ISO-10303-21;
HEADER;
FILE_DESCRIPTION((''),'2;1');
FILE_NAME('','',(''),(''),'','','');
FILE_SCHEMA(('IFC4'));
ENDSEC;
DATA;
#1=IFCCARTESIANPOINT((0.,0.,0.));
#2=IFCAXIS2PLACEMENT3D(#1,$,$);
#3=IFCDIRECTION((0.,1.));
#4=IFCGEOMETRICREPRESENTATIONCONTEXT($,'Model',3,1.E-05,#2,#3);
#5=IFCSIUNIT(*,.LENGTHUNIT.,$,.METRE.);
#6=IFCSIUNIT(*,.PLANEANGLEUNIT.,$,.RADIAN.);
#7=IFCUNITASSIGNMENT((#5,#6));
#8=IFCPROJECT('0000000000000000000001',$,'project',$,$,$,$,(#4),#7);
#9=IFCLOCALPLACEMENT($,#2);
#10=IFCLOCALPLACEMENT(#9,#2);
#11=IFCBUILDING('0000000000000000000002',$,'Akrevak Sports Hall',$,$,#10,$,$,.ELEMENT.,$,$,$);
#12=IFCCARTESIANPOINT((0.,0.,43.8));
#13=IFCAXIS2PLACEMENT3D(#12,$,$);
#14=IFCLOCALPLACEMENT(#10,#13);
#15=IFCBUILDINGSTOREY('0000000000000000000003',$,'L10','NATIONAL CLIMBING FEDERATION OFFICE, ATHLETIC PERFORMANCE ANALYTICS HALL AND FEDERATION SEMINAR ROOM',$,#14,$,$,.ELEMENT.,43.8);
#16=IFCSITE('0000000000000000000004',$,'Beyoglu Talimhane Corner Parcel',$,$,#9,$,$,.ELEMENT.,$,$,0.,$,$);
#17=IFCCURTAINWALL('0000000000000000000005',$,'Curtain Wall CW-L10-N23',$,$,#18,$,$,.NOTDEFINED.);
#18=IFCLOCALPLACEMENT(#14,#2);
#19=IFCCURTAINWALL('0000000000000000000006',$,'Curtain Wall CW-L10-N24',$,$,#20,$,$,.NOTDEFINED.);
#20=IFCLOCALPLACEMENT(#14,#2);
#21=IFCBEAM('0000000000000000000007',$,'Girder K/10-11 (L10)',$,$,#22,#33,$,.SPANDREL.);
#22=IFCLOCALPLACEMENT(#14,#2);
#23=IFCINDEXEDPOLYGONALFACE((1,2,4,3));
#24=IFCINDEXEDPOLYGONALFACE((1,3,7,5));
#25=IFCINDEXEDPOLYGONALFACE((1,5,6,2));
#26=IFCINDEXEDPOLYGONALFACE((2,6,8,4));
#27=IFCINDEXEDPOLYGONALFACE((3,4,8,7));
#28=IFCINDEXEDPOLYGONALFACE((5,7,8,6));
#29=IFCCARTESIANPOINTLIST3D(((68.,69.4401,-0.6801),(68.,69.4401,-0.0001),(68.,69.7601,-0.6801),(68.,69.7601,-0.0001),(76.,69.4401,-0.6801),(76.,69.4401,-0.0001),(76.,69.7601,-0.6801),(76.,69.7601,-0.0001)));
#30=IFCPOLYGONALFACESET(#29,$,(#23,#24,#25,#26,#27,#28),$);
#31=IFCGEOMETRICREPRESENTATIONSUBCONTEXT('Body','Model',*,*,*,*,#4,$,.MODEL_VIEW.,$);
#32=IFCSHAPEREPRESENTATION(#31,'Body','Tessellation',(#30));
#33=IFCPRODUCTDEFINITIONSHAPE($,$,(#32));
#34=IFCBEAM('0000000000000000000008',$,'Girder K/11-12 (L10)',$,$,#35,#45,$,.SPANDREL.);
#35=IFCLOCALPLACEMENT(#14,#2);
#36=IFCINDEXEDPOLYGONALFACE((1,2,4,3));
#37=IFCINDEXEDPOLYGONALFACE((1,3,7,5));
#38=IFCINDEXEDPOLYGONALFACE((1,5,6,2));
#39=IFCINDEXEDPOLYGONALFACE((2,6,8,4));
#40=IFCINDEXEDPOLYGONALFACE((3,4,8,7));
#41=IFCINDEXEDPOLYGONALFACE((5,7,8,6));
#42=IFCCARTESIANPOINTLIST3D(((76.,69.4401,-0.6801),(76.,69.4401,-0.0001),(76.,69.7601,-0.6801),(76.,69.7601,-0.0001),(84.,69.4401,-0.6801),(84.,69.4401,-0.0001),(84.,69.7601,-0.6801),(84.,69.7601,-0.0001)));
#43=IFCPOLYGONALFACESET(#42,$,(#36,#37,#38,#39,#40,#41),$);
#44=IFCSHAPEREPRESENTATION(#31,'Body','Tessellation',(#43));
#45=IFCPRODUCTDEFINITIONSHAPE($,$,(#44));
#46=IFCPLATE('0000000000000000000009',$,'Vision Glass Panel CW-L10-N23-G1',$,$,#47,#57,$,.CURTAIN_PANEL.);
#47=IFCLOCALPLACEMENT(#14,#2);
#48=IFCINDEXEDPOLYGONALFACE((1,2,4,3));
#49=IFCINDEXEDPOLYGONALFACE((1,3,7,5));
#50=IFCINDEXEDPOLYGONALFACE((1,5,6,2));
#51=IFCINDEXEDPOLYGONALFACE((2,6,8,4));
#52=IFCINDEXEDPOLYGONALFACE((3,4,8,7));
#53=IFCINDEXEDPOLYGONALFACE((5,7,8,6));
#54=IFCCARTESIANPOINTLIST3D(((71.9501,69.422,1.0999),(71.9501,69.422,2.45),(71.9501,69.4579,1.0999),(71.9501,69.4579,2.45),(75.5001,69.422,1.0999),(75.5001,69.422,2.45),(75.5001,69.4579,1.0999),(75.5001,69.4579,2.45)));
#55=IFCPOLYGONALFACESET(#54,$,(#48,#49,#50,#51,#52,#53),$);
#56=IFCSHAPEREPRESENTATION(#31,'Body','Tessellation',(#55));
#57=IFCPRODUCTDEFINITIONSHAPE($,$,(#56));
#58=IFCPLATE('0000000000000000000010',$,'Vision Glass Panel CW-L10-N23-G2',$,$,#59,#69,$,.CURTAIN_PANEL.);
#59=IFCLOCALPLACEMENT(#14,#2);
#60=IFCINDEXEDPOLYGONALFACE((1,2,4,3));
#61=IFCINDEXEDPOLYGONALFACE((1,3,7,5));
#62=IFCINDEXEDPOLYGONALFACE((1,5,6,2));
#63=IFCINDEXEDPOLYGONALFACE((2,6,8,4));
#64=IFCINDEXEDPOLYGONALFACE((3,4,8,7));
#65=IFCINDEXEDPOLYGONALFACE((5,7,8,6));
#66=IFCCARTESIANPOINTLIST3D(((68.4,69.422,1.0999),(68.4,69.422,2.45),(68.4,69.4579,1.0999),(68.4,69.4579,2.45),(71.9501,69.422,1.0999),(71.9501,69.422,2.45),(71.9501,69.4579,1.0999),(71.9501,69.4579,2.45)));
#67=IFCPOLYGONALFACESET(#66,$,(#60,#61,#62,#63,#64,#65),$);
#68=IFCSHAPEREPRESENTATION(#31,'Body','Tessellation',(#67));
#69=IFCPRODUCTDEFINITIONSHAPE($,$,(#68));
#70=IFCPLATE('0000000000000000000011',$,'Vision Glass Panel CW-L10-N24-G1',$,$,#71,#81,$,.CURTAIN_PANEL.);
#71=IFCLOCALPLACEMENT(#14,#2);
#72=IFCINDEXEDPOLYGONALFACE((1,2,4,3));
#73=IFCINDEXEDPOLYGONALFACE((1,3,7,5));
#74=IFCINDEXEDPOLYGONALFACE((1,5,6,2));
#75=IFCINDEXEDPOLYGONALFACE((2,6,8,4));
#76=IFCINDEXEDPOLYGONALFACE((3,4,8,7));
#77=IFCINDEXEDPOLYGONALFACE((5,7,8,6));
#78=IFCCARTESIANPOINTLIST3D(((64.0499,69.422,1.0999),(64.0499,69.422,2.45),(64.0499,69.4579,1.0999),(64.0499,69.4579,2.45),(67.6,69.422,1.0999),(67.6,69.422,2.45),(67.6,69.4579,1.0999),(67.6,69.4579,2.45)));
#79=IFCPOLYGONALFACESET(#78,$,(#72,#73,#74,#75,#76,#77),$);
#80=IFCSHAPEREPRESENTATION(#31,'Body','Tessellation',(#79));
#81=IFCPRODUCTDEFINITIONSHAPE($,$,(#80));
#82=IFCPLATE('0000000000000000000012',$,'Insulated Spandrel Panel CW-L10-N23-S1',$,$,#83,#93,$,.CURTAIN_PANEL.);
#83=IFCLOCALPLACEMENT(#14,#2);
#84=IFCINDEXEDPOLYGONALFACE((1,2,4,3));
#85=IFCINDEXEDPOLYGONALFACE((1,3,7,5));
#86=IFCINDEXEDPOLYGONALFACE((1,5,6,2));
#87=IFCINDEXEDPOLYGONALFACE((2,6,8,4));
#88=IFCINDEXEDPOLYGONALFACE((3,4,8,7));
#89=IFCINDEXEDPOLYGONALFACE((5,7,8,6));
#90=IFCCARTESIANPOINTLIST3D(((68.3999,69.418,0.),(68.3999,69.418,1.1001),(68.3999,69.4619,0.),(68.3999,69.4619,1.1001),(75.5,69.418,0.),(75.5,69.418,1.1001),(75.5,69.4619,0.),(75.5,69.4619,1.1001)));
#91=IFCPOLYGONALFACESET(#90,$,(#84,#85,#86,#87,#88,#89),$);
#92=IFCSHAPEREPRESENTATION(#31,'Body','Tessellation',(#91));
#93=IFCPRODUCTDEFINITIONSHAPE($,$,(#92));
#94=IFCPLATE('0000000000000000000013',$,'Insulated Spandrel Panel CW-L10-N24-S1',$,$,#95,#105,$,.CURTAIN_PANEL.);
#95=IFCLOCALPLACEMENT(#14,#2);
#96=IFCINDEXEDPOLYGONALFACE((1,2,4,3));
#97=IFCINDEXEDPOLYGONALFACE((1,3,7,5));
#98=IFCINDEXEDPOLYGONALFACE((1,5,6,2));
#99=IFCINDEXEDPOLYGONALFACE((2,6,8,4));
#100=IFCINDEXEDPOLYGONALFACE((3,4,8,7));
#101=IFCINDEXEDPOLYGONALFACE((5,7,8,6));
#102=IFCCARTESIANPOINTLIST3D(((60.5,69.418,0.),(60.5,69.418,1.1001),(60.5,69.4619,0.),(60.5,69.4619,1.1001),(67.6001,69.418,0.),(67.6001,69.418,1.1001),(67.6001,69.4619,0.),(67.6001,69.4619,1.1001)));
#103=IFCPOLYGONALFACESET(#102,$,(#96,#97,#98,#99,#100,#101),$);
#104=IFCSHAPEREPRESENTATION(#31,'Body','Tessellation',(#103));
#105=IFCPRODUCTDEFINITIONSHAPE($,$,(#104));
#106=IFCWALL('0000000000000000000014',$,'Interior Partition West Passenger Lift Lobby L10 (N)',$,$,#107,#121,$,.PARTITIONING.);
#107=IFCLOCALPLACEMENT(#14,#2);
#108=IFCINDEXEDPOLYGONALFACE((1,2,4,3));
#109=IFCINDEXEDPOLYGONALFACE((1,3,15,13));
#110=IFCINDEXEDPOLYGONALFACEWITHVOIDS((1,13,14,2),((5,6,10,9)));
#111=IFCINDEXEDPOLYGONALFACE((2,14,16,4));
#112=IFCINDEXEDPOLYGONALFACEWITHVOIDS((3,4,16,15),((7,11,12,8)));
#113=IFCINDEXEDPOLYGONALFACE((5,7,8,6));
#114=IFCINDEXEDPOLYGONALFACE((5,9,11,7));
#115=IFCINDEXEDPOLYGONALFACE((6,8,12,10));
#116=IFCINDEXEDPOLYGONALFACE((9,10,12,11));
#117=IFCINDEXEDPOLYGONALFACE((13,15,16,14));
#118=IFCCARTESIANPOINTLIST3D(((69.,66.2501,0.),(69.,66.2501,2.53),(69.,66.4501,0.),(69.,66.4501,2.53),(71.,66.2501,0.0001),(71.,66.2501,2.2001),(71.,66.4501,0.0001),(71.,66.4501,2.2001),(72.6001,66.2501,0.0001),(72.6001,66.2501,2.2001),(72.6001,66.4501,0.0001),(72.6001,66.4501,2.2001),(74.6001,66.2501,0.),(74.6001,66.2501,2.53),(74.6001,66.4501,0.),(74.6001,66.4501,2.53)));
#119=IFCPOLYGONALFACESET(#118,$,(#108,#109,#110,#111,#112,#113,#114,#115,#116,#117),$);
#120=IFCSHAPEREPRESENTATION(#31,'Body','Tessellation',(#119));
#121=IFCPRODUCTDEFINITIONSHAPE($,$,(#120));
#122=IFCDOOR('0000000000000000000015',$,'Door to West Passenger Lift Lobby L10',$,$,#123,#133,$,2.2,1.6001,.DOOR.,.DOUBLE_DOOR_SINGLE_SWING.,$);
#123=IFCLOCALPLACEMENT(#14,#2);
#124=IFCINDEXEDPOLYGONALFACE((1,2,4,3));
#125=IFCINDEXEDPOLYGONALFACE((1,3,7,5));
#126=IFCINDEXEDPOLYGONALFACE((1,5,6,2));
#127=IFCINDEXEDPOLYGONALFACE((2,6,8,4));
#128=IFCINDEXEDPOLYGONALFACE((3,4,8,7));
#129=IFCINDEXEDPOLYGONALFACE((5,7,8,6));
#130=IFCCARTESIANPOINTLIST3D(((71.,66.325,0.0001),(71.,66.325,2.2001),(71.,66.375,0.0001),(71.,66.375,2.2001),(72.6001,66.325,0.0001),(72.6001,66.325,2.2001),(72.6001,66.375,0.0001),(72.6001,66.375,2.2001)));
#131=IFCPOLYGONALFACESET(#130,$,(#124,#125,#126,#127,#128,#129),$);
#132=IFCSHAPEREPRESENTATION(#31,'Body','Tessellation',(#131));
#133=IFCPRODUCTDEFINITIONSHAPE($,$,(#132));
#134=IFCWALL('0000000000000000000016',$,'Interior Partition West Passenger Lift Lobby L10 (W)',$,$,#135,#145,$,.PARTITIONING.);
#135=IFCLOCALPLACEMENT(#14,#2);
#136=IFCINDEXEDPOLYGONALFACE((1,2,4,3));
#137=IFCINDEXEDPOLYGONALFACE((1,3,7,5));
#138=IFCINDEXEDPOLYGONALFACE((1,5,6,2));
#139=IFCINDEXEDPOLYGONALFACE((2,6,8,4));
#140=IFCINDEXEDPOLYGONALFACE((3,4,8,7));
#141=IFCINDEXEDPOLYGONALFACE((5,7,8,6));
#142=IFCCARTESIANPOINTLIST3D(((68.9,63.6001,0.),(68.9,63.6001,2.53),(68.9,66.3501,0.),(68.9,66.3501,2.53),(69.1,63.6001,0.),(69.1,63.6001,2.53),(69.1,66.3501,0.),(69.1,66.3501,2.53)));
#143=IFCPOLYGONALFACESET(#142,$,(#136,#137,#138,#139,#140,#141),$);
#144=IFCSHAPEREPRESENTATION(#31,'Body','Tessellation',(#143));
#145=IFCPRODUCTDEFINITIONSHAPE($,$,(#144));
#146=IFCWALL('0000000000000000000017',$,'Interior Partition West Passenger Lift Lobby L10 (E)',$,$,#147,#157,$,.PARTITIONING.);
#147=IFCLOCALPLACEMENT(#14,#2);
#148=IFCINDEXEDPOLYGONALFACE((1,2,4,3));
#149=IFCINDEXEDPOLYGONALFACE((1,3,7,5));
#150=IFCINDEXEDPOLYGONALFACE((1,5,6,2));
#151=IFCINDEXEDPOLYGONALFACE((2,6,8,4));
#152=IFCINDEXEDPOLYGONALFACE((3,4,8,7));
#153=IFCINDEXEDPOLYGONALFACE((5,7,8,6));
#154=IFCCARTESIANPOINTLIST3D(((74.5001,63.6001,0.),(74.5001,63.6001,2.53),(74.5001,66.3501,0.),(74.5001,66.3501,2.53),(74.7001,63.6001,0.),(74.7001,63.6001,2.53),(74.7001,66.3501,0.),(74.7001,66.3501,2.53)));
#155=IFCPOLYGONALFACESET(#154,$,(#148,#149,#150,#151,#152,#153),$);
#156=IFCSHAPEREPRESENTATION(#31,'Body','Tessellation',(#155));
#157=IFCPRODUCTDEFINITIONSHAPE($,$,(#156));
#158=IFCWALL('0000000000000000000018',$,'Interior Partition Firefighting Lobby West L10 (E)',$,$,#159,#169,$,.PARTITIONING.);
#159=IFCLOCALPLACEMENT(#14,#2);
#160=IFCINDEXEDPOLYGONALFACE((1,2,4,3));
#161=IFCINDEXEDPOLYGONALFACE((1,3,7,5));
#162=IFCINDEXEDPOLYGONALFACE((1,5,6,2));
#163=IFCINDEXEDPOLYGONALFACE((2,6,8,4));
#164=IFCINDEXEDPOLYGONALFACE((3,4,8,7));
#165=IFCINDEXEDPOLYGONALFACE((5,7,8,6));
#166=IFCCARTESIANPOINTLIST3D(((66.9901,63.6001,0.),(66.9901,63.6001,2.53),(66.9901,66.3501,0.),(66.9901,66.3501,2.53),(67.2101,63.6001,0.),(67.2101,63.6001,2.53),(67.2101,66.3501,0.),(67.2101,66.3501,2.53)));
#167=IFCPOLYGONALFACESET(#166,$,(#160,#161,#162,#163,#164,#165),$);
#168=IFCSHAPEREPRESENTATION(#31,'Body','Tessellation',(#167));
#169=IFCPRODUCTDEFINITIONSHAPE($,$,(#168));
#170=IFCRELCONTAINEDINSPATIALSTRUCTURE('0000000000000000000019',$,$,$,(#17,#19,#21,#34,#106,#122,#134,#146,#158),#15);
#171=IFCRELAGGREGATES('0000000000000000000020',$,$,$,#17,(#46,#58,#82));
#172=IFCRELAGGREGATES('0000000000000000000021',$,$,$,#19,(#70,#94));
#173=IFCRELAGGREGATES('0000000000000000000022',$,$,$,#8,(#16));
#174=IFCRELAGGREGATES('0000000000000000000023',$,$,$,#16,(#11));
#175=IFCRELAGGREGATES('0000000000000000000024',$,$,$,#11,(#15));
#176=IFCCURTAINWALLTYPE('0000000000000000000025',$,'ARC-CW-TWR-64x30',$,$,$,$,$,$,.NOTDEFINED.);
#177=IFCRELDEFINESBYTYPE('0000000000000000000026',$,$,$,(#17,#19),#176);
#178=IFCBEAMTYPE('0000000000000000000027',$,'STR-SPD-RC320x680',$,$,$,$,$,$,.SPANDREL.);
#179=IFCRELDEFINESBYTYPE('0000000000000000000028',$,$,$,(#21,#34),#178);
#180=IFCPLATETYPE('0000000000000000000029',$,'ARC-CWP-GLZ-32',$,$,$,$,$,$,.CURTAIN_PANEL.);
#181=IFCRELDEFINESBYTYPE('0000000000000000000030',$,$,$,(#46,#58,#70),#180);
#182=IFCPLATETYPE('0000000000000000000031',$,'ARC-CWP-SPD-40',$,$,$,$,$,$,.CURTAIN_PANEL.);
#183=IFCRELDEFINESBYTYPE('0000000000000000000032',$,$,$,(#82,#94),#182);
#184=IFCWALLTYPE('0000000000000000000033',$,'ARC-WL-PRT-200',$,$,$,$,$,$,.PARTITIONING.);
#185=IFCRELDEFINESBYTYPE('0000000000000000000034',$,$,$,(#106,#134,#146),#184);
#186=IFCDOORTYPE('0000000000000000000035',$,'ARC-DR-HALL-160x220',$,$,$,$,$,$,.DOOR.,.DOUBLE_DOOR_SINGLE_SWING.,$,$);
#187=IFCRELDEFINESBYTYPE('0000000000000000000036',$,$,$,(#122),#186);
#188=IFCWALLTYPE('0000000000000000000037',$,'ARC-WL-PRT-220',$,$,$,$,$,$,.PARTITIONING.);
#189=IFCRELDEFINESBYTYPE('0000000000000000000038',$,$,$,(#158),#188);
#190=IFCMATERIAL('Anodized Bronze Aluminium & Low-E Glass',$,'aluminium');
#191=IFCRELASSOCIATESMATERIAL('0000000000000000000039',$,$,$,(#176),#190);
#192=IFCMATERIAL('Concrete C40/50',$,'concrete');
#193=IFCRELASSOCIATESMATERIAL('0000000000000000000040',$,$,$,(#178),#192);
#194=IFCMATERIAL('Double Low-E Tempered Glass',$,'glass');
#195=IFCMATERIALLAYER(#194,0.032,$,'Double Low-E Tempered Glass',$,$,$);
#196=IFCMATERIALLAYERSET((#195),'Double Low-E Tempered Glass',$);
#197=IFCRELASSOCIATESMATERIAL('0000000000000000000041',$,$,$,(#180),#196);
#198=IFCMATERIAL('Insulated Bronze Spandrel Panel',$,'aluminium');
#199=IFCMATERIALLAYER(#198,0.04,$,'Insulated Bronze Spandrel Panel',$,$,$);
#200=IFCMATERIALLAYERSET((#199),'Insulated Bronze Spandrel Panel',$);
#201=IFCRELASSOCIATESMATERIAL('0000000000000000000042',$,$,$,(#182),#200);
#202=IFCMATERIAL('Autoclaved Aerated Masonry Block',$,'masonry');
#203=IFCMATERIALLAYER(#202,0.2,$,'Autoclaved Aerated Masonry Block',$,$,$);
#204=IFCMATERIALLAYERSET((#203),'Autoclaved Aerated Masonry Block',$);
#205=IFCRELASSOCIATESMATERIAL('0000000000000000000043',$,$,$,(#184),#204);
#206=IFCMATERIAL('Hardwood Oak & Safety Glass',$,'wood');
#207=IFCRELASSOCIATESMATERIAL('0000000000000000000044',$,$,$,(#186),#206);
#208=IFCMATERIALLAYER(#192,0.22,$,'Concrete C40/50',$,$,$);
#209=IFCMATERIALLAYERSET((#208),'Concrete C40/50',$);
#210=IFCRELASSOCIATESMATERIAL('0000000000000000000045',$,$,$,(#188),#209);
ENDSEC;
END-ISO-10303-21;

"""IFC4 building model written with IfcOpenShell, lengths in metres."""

from ifc_helpers import new_model, si_unit, direction, frame, frame_2d, origin, origin_2d, place, context, subcontext, project, spatial, rectangle, extrude, material, layer, layer_set, material_profile, profile_set, type_object, element, fill, aggregate, save


model = new_model("IFC4")

# Units and contexts
model_context = context("Model", 3, precision=1e-05, world=origin(), true_north=direction((0.0, 1.0)))
body_context = subcontext(model_context, "Body", "Model", "MODEL_VIEW")
ifc_project = project(units=[si_unit("LENGTHUNIT", "METRE"), si_unit("PLANEANGLEUNIT", "RADIAN")], contexts=[model_context])

# Site, building, storey
site_placement = place(None, origin())
site = spatial("IfcSite", under=ifc_project, at=site_placement, Name="Beyoglu Talimhane Corner Parcel", CompositionType="ELEMENT", RefElevation=0.0)
building_placement = place(site_placement, origin())
building = spatial("IfcBuilding", under=site, at=building_placement, Name="Akrevak Sports Hall", CompositionType="ELEMENT")
storey_placement = place(building_placement, frame((0.0, 0.0, 43.8)))
storey = spatial("IfcBuildingStorey", under=building, at=storey_placement, Name="L10", Description="NATIONAL CLIMBING FEDERATION OFFICE, ATHLETIC PERFORMANCE ANALYTICS HALL AND FEDERATION SEMINAR ROOM", CompositionType="ELEMENT", Elevation=43.8)

# Shared definitions
ifc_material_1 = material(Name="Concrete C40/50", Category="concrete")

# Curtain walls
ifc_material_2 = material(Name="Anodized Bronze Aluminium & Low-E Glass", Category="aluminium")
curtain_wall_type = type_object("IfcCurtainWallType", Name="ARC-CW-TWR-64x30", PredefinedType="NOTDEFINED", material=ifc_material_2)
curtain_wall_1_placement = place(storey_placement, origin())
curtain_wall_1 = element("IfcCurtainWall", 1, at=curtain_wall_1_placement, inside=storey, type_object=curtain_wall_type, Name="Curtain Wall CW-L10-N23", PredefinedType="NOTDEFINED")
curtain_wall_2_placement = place(storey_placement, origin())
curtain_wall_2 = element("IfcCurtainWall", 2, at=curtain_wall_2_placement, inside=storey, type_object=curtain_wall_type, Name="Curtain Wall CW-L10-N24", PredefinedType="NOTDEFINED")

# Beams
ifc_material_profile_1 = material_profile(ifc_material_1, rectangle(XDim=0.3201, YDim=0.6799, at=origin_2d()), Name="SPD 320x680", Category="concrete")
ifc_profile_set_1 = profile_set([ifc_material_profile_1], Name="Concrete C40/50")
beam_type = type_object("IfcBeamType", Name="STR-SPD-RC320x680", PredefinedType="SPANDREL", material=ifc_profile_set_1)
for number, where, z_axis, x_axis, name in (
    (3, (68.0, 69.6001, -0.3401), (1.0, 0.0, 0.0), (0.0, 1.0, 0.0), "Girder K/10-11 (L10)"),
    (4, (76.0, 69.6001, -0.3401), (1.0, 0.0, 0.0), (0.0, 1.0, 0.0), "Girder K/11-12 (L10)"),
):
    element("IfcBeam", number, at=place(storey_placement, frame(where, z_axis=z_axis, x_axis=x_axis)), inside=storey, type_object=beam_type, Name=name, PredefinedType="SPANDREL", context=body_context, shape_type="SweptSolid", body=[
        extrude(rectangle(XDim=0.3201, YDim=0.6799, at=origin_2d()), origin(), (0.0, 0.0, 1.0), 8.0),
    ])

# Plates
ifc_material_3 = material(Name="Double Low-E Tempered Glass", Category="glass")
ifc_layer_1 = layer(ifc_material_3, 0.032, Name="Double Low-E Tempered Glass")
ifc_layer_set_1 = layer_set([ifc_layer_1], Name="Double Low-E Tempered Glass")
plate_type_1 = type_object("IfcPlateType", Name="ARC-CWP-GLZ-32", PredefinedType="CURTAIN_PANEL", material=ifc_layer_set_1)
plate_1_placement = place(storey_placement, frame((73.7251, 69.4399, 1.0999), z_axis=(0.0, 0.0, 1.0), x_axis=(-1.0, 0.0, 0.0)))
plate_1 = element("IfcPlate", 5, at=plate_1_placement, type_object=plate_type_1, Name="Vision Glass Panel CW-L10-N23-G1", PredefinedType="CURTAIN_PANEL", context=body_context, shape_type="SweptSolid", body=[
    extrude(rectangle(XDim=3.55, YDim=0.0359, at=origin_2d()), origin(), (0.0, 0.0, 1.0), 1.3501),
])
plate_2_placement = place(storey_placement, frame((70.175, 69.4399, 1.0999), z_axis=(0.0, 0.0, 1.0), x_axis=(-1.0, 0.0, 0.0)))
plate_2 = element("IfcPlate", 6, at=plate_2_placement, type_object=plate_type_1, Name="Vision Glass Panel CW-L10-N23-G2", PredefinedType="CURTAIN_PANEL", context=body_context, shape_type="SweptSolid", body=[
    extrude(rectangle(XDim=3.55, YDim=0.0359, at=origin_2d()), origin(), (0.0, 0.0, 1.0), 1.3501),
])
plate_3_placement = place(storey_placement, frame((65.825, 69.4399, 1.0999), z_axis=(0.0, 0.0, 1.0), x_axis=(-1.0, 0.0, 0.0)))
plate_3 = element("IfcPlate", 7, at=plate_3_placement, type_object=plate_type_1, Name="Vision Glass Panel CW-L10-N24-G1", PredefinedType="CURTAIN_PANEL", context=body_context, shape_type="SweptSolid", body=[
    extrude(rectangle(XDim=3.55, YDim=0.0359, at=origin_2d()), origin(), (0.0, 0.0, 1.0), 1.3501),
])
ifc_material_4 = material(Name="Insulated Bronze Spandrel Panel", Category="aluminium")
ifc_layer_2 = layer(ifc_material_4, 0.04, Name="Insulated Bronze Spandrel Panel")
ifc_layer_set_2 = layer_set([ifc_layer_2], Name="Insulated Bronze Spandrel Panel")
plate_type_2 = type_object("IfcPlateType", Name="ARC-CWP-SPD-40", PredefinedType="CURTAIN_PANEL", material=ifc_layer_set_2)
plate_4_placement = place(storey_placement, frame((71.95, 69.4399, 0.0), z_axis=(0.0, 0.0, 1.0), x_axis=(-1.0, 0.0, 0.0)))
plate_4 = element("IfcPlate", 8, at=plate_4_placement, type_object=plate_type_2, Name="Insulated Spandrel Panel CW-L10-N23-S1", PredefinedType="CURTAIN_PANEL", context=body_context, shape_type="SweptSolid", body=[
    extrude(rectangle(XDim=7.1001, YDim=0.0439, at=origin_2d()), origin(), (0.0, 0.0, 1.0), 1.1001),
])
aggregate(curtain_wall_1, [plate_1, plate_2, plate_4])
plate_5_placement = place(storey_placement, frame((64.05, 69.4399, 0.0), z_axis=(0.0, 0.0, 1.0), x_axis=(-1.0, 0.0, 0.0)))
plate_5 = element("IfcPlate", 9, at=plate_5_placement, type_object=plate_type_2, Name="Insulated Spandrel Panel CW-L10-N24-S1", PredefinedType="CURTAIN_PANEL", context=body_context, shape_type="SweptSolid", body=[
    extrude(rectangle(XDim=7.1001, YDim=0.0439, at=origin_2d()), origin(), (0.0, 0.0, 1.0), 1.1001),
])
aggregate(curtain_wall_2, [plate_3, plate_5])

# Wall, opening, door
ifc_material_5 = material(Name="Autoclaved Aerated Masonry Block", Category="masonry")
ifc_layer_3 = layer(ifc_material_5, 0.2, Name="Autoclaved Aerated Masonry Block")
ifc_layer_set_3 = layer_set([ifc_layer_3], Name="Autoclaved Aerated Masonry Block")
wall_type_1 = type_object("IfcWallType", Name="ARC-WL-PRT-200", PredefinedType="PARTITIONING", material=ifc_layer_set_3)
wall_1_placement = place(storey_placement, frame((69.0, 66.3501, 0.0), z_axis=(0.0, 0.0, 1.0), x_axis=(1.0, 0.0, 0.0)))
wall_1 = element("IfcWall", 10, at=wall_1_placement, inside=storey, type_object=wall_type_1, Name="Interior Partition West Passenger Lift Lobby L10 (N)", PredefinedType="PARTITIONING", context=body_context, shape_type="SweptSolid", body=[
    extrude(rectangle(XDim=5.6001, YDim=0.2, at=frame_2d((2.8, 0.0))), origin(), (0.0, 0.0, 1.0), 2.53),
])
opening_1_placement = place(wall_1_placement, frame((2.0, 0.0, 0.0)))
opening_1 = element("IfcOpeningElement", 11, at=opening_1_placement, cuts=wall_1, PredefinedType="OPENING", context=body_context, shape_type="SweptSolid", body=[
    extrude(rectangle(XDim=1.6001, YDim=2.2, at=frame_2d((0.8, 1.1001))), frame((0.0, 0.1118, 0.0), z_axis=(0.0, -1.0, 0.0), x_axis=(1.0, 0.0, 0.0)), (0.0, 0.0, 1.0), 0.2239),
])
ifc_material_6 = material(Name="Hardwood Oak & Safety Glass", Category="wood")
door_type_1 = type_object("IfcDoorType", Name="ARC-DR-HALL-160x220", OperationType="DOUBLE_DOOR_SINGLE_SWING", PredefinedType="DOOR", material=ifc_material_6)
door_1_placement = place(opening_1_placement, origin())
door_1 = element("IfcDoor", 12, at=door_1_placement, inside=storey, type_object=door_type_1, Name="Door to West Passenger Lift Lobby L10", OperationType="DOUBLE_DOOR_SINGLE_SWING", OverallHeight=2.2, OverallWidth=1.6001, PredefinedType="DOOR", context=body_context, shape_type="SweptSolid", body=[
    extrude(rectangle(XDim=1.6001, YDim=2.2, at=frame_2d((0.8, 1.1001))), frame((0.0, 0.0249, 0.0), z_axis=(0.0, -1.0, 0.0), x_axis=(1.0, 0.0, 0.0)), (0.0, 0.0, 1.0), 0.05),
])
fill(opening_1, door_1)

# Walls
for number, where, z_axis, x_axis, name in (
    (13, (69.0, 63.6001, 0.0), (0.0, 0.0, 1.0), (0.0, 1.0, 0.0), "Interior Partition West Passenger Lift Lobby L10 (W)"),
    (14, (74.6001, 63.6001, 0.0), (0.0, 0.0, 1.0), (0.0, 1.0, 0.0), "Interior Partition West Passenger Lift Lobby L10 (E)"),
):
    element("IfcWall", number, at=place(storey_placement, frame(where, z_axis=z_axis, x_axis=x_axis)), inside=storey, type_object=wall_type_1, Name=name, PredefinedType="PARTITIONING", context=body_context, shape_type="SweptSolid", body=[
        extrude(rectangle(XDim=2.75, YDim=0.2, at=frame_2d((1.375, 0.0))), origin(), (0.0, 0.0, 1.0), 2.53),
    ])
ifc_layer_4 = layer(ifc_material_1, 0.22, Name="Concrete C40/50")
ifc_layer_set_4 = layer_set([ifc_layer_4], Name="Concrete C40/50")
wall_type_2 = type_object("IfcWallType", Name="ARC-WL-PRT-220", PredefinedType="PARTITIONING", material=ifc_layer_set_4)
wall_2_placement = place(storey_placement, frame((67.1001, 63.6001, 0.0), z_axis=(0.0, 0.0, 1.0), x_axis=(0.0, 1.0, 0.0)))
element("IfcWall", 15, at=wall_2_placement, inside=storey, type_object=wall_type_2, Name="Interior Partition Firefighting Lobby West L10 (E)", PredefinedType="PARTITIONING", context=body_context, shape_type="SweptSolid", body=[
    extrude(rectangle(XDim=2.75, YDim=0.22, at=frame_2d((1.375, 0.0))), origin(), (0.0, 0.0, 1.0), 2.53),
])

save(model, "model.ifc")
